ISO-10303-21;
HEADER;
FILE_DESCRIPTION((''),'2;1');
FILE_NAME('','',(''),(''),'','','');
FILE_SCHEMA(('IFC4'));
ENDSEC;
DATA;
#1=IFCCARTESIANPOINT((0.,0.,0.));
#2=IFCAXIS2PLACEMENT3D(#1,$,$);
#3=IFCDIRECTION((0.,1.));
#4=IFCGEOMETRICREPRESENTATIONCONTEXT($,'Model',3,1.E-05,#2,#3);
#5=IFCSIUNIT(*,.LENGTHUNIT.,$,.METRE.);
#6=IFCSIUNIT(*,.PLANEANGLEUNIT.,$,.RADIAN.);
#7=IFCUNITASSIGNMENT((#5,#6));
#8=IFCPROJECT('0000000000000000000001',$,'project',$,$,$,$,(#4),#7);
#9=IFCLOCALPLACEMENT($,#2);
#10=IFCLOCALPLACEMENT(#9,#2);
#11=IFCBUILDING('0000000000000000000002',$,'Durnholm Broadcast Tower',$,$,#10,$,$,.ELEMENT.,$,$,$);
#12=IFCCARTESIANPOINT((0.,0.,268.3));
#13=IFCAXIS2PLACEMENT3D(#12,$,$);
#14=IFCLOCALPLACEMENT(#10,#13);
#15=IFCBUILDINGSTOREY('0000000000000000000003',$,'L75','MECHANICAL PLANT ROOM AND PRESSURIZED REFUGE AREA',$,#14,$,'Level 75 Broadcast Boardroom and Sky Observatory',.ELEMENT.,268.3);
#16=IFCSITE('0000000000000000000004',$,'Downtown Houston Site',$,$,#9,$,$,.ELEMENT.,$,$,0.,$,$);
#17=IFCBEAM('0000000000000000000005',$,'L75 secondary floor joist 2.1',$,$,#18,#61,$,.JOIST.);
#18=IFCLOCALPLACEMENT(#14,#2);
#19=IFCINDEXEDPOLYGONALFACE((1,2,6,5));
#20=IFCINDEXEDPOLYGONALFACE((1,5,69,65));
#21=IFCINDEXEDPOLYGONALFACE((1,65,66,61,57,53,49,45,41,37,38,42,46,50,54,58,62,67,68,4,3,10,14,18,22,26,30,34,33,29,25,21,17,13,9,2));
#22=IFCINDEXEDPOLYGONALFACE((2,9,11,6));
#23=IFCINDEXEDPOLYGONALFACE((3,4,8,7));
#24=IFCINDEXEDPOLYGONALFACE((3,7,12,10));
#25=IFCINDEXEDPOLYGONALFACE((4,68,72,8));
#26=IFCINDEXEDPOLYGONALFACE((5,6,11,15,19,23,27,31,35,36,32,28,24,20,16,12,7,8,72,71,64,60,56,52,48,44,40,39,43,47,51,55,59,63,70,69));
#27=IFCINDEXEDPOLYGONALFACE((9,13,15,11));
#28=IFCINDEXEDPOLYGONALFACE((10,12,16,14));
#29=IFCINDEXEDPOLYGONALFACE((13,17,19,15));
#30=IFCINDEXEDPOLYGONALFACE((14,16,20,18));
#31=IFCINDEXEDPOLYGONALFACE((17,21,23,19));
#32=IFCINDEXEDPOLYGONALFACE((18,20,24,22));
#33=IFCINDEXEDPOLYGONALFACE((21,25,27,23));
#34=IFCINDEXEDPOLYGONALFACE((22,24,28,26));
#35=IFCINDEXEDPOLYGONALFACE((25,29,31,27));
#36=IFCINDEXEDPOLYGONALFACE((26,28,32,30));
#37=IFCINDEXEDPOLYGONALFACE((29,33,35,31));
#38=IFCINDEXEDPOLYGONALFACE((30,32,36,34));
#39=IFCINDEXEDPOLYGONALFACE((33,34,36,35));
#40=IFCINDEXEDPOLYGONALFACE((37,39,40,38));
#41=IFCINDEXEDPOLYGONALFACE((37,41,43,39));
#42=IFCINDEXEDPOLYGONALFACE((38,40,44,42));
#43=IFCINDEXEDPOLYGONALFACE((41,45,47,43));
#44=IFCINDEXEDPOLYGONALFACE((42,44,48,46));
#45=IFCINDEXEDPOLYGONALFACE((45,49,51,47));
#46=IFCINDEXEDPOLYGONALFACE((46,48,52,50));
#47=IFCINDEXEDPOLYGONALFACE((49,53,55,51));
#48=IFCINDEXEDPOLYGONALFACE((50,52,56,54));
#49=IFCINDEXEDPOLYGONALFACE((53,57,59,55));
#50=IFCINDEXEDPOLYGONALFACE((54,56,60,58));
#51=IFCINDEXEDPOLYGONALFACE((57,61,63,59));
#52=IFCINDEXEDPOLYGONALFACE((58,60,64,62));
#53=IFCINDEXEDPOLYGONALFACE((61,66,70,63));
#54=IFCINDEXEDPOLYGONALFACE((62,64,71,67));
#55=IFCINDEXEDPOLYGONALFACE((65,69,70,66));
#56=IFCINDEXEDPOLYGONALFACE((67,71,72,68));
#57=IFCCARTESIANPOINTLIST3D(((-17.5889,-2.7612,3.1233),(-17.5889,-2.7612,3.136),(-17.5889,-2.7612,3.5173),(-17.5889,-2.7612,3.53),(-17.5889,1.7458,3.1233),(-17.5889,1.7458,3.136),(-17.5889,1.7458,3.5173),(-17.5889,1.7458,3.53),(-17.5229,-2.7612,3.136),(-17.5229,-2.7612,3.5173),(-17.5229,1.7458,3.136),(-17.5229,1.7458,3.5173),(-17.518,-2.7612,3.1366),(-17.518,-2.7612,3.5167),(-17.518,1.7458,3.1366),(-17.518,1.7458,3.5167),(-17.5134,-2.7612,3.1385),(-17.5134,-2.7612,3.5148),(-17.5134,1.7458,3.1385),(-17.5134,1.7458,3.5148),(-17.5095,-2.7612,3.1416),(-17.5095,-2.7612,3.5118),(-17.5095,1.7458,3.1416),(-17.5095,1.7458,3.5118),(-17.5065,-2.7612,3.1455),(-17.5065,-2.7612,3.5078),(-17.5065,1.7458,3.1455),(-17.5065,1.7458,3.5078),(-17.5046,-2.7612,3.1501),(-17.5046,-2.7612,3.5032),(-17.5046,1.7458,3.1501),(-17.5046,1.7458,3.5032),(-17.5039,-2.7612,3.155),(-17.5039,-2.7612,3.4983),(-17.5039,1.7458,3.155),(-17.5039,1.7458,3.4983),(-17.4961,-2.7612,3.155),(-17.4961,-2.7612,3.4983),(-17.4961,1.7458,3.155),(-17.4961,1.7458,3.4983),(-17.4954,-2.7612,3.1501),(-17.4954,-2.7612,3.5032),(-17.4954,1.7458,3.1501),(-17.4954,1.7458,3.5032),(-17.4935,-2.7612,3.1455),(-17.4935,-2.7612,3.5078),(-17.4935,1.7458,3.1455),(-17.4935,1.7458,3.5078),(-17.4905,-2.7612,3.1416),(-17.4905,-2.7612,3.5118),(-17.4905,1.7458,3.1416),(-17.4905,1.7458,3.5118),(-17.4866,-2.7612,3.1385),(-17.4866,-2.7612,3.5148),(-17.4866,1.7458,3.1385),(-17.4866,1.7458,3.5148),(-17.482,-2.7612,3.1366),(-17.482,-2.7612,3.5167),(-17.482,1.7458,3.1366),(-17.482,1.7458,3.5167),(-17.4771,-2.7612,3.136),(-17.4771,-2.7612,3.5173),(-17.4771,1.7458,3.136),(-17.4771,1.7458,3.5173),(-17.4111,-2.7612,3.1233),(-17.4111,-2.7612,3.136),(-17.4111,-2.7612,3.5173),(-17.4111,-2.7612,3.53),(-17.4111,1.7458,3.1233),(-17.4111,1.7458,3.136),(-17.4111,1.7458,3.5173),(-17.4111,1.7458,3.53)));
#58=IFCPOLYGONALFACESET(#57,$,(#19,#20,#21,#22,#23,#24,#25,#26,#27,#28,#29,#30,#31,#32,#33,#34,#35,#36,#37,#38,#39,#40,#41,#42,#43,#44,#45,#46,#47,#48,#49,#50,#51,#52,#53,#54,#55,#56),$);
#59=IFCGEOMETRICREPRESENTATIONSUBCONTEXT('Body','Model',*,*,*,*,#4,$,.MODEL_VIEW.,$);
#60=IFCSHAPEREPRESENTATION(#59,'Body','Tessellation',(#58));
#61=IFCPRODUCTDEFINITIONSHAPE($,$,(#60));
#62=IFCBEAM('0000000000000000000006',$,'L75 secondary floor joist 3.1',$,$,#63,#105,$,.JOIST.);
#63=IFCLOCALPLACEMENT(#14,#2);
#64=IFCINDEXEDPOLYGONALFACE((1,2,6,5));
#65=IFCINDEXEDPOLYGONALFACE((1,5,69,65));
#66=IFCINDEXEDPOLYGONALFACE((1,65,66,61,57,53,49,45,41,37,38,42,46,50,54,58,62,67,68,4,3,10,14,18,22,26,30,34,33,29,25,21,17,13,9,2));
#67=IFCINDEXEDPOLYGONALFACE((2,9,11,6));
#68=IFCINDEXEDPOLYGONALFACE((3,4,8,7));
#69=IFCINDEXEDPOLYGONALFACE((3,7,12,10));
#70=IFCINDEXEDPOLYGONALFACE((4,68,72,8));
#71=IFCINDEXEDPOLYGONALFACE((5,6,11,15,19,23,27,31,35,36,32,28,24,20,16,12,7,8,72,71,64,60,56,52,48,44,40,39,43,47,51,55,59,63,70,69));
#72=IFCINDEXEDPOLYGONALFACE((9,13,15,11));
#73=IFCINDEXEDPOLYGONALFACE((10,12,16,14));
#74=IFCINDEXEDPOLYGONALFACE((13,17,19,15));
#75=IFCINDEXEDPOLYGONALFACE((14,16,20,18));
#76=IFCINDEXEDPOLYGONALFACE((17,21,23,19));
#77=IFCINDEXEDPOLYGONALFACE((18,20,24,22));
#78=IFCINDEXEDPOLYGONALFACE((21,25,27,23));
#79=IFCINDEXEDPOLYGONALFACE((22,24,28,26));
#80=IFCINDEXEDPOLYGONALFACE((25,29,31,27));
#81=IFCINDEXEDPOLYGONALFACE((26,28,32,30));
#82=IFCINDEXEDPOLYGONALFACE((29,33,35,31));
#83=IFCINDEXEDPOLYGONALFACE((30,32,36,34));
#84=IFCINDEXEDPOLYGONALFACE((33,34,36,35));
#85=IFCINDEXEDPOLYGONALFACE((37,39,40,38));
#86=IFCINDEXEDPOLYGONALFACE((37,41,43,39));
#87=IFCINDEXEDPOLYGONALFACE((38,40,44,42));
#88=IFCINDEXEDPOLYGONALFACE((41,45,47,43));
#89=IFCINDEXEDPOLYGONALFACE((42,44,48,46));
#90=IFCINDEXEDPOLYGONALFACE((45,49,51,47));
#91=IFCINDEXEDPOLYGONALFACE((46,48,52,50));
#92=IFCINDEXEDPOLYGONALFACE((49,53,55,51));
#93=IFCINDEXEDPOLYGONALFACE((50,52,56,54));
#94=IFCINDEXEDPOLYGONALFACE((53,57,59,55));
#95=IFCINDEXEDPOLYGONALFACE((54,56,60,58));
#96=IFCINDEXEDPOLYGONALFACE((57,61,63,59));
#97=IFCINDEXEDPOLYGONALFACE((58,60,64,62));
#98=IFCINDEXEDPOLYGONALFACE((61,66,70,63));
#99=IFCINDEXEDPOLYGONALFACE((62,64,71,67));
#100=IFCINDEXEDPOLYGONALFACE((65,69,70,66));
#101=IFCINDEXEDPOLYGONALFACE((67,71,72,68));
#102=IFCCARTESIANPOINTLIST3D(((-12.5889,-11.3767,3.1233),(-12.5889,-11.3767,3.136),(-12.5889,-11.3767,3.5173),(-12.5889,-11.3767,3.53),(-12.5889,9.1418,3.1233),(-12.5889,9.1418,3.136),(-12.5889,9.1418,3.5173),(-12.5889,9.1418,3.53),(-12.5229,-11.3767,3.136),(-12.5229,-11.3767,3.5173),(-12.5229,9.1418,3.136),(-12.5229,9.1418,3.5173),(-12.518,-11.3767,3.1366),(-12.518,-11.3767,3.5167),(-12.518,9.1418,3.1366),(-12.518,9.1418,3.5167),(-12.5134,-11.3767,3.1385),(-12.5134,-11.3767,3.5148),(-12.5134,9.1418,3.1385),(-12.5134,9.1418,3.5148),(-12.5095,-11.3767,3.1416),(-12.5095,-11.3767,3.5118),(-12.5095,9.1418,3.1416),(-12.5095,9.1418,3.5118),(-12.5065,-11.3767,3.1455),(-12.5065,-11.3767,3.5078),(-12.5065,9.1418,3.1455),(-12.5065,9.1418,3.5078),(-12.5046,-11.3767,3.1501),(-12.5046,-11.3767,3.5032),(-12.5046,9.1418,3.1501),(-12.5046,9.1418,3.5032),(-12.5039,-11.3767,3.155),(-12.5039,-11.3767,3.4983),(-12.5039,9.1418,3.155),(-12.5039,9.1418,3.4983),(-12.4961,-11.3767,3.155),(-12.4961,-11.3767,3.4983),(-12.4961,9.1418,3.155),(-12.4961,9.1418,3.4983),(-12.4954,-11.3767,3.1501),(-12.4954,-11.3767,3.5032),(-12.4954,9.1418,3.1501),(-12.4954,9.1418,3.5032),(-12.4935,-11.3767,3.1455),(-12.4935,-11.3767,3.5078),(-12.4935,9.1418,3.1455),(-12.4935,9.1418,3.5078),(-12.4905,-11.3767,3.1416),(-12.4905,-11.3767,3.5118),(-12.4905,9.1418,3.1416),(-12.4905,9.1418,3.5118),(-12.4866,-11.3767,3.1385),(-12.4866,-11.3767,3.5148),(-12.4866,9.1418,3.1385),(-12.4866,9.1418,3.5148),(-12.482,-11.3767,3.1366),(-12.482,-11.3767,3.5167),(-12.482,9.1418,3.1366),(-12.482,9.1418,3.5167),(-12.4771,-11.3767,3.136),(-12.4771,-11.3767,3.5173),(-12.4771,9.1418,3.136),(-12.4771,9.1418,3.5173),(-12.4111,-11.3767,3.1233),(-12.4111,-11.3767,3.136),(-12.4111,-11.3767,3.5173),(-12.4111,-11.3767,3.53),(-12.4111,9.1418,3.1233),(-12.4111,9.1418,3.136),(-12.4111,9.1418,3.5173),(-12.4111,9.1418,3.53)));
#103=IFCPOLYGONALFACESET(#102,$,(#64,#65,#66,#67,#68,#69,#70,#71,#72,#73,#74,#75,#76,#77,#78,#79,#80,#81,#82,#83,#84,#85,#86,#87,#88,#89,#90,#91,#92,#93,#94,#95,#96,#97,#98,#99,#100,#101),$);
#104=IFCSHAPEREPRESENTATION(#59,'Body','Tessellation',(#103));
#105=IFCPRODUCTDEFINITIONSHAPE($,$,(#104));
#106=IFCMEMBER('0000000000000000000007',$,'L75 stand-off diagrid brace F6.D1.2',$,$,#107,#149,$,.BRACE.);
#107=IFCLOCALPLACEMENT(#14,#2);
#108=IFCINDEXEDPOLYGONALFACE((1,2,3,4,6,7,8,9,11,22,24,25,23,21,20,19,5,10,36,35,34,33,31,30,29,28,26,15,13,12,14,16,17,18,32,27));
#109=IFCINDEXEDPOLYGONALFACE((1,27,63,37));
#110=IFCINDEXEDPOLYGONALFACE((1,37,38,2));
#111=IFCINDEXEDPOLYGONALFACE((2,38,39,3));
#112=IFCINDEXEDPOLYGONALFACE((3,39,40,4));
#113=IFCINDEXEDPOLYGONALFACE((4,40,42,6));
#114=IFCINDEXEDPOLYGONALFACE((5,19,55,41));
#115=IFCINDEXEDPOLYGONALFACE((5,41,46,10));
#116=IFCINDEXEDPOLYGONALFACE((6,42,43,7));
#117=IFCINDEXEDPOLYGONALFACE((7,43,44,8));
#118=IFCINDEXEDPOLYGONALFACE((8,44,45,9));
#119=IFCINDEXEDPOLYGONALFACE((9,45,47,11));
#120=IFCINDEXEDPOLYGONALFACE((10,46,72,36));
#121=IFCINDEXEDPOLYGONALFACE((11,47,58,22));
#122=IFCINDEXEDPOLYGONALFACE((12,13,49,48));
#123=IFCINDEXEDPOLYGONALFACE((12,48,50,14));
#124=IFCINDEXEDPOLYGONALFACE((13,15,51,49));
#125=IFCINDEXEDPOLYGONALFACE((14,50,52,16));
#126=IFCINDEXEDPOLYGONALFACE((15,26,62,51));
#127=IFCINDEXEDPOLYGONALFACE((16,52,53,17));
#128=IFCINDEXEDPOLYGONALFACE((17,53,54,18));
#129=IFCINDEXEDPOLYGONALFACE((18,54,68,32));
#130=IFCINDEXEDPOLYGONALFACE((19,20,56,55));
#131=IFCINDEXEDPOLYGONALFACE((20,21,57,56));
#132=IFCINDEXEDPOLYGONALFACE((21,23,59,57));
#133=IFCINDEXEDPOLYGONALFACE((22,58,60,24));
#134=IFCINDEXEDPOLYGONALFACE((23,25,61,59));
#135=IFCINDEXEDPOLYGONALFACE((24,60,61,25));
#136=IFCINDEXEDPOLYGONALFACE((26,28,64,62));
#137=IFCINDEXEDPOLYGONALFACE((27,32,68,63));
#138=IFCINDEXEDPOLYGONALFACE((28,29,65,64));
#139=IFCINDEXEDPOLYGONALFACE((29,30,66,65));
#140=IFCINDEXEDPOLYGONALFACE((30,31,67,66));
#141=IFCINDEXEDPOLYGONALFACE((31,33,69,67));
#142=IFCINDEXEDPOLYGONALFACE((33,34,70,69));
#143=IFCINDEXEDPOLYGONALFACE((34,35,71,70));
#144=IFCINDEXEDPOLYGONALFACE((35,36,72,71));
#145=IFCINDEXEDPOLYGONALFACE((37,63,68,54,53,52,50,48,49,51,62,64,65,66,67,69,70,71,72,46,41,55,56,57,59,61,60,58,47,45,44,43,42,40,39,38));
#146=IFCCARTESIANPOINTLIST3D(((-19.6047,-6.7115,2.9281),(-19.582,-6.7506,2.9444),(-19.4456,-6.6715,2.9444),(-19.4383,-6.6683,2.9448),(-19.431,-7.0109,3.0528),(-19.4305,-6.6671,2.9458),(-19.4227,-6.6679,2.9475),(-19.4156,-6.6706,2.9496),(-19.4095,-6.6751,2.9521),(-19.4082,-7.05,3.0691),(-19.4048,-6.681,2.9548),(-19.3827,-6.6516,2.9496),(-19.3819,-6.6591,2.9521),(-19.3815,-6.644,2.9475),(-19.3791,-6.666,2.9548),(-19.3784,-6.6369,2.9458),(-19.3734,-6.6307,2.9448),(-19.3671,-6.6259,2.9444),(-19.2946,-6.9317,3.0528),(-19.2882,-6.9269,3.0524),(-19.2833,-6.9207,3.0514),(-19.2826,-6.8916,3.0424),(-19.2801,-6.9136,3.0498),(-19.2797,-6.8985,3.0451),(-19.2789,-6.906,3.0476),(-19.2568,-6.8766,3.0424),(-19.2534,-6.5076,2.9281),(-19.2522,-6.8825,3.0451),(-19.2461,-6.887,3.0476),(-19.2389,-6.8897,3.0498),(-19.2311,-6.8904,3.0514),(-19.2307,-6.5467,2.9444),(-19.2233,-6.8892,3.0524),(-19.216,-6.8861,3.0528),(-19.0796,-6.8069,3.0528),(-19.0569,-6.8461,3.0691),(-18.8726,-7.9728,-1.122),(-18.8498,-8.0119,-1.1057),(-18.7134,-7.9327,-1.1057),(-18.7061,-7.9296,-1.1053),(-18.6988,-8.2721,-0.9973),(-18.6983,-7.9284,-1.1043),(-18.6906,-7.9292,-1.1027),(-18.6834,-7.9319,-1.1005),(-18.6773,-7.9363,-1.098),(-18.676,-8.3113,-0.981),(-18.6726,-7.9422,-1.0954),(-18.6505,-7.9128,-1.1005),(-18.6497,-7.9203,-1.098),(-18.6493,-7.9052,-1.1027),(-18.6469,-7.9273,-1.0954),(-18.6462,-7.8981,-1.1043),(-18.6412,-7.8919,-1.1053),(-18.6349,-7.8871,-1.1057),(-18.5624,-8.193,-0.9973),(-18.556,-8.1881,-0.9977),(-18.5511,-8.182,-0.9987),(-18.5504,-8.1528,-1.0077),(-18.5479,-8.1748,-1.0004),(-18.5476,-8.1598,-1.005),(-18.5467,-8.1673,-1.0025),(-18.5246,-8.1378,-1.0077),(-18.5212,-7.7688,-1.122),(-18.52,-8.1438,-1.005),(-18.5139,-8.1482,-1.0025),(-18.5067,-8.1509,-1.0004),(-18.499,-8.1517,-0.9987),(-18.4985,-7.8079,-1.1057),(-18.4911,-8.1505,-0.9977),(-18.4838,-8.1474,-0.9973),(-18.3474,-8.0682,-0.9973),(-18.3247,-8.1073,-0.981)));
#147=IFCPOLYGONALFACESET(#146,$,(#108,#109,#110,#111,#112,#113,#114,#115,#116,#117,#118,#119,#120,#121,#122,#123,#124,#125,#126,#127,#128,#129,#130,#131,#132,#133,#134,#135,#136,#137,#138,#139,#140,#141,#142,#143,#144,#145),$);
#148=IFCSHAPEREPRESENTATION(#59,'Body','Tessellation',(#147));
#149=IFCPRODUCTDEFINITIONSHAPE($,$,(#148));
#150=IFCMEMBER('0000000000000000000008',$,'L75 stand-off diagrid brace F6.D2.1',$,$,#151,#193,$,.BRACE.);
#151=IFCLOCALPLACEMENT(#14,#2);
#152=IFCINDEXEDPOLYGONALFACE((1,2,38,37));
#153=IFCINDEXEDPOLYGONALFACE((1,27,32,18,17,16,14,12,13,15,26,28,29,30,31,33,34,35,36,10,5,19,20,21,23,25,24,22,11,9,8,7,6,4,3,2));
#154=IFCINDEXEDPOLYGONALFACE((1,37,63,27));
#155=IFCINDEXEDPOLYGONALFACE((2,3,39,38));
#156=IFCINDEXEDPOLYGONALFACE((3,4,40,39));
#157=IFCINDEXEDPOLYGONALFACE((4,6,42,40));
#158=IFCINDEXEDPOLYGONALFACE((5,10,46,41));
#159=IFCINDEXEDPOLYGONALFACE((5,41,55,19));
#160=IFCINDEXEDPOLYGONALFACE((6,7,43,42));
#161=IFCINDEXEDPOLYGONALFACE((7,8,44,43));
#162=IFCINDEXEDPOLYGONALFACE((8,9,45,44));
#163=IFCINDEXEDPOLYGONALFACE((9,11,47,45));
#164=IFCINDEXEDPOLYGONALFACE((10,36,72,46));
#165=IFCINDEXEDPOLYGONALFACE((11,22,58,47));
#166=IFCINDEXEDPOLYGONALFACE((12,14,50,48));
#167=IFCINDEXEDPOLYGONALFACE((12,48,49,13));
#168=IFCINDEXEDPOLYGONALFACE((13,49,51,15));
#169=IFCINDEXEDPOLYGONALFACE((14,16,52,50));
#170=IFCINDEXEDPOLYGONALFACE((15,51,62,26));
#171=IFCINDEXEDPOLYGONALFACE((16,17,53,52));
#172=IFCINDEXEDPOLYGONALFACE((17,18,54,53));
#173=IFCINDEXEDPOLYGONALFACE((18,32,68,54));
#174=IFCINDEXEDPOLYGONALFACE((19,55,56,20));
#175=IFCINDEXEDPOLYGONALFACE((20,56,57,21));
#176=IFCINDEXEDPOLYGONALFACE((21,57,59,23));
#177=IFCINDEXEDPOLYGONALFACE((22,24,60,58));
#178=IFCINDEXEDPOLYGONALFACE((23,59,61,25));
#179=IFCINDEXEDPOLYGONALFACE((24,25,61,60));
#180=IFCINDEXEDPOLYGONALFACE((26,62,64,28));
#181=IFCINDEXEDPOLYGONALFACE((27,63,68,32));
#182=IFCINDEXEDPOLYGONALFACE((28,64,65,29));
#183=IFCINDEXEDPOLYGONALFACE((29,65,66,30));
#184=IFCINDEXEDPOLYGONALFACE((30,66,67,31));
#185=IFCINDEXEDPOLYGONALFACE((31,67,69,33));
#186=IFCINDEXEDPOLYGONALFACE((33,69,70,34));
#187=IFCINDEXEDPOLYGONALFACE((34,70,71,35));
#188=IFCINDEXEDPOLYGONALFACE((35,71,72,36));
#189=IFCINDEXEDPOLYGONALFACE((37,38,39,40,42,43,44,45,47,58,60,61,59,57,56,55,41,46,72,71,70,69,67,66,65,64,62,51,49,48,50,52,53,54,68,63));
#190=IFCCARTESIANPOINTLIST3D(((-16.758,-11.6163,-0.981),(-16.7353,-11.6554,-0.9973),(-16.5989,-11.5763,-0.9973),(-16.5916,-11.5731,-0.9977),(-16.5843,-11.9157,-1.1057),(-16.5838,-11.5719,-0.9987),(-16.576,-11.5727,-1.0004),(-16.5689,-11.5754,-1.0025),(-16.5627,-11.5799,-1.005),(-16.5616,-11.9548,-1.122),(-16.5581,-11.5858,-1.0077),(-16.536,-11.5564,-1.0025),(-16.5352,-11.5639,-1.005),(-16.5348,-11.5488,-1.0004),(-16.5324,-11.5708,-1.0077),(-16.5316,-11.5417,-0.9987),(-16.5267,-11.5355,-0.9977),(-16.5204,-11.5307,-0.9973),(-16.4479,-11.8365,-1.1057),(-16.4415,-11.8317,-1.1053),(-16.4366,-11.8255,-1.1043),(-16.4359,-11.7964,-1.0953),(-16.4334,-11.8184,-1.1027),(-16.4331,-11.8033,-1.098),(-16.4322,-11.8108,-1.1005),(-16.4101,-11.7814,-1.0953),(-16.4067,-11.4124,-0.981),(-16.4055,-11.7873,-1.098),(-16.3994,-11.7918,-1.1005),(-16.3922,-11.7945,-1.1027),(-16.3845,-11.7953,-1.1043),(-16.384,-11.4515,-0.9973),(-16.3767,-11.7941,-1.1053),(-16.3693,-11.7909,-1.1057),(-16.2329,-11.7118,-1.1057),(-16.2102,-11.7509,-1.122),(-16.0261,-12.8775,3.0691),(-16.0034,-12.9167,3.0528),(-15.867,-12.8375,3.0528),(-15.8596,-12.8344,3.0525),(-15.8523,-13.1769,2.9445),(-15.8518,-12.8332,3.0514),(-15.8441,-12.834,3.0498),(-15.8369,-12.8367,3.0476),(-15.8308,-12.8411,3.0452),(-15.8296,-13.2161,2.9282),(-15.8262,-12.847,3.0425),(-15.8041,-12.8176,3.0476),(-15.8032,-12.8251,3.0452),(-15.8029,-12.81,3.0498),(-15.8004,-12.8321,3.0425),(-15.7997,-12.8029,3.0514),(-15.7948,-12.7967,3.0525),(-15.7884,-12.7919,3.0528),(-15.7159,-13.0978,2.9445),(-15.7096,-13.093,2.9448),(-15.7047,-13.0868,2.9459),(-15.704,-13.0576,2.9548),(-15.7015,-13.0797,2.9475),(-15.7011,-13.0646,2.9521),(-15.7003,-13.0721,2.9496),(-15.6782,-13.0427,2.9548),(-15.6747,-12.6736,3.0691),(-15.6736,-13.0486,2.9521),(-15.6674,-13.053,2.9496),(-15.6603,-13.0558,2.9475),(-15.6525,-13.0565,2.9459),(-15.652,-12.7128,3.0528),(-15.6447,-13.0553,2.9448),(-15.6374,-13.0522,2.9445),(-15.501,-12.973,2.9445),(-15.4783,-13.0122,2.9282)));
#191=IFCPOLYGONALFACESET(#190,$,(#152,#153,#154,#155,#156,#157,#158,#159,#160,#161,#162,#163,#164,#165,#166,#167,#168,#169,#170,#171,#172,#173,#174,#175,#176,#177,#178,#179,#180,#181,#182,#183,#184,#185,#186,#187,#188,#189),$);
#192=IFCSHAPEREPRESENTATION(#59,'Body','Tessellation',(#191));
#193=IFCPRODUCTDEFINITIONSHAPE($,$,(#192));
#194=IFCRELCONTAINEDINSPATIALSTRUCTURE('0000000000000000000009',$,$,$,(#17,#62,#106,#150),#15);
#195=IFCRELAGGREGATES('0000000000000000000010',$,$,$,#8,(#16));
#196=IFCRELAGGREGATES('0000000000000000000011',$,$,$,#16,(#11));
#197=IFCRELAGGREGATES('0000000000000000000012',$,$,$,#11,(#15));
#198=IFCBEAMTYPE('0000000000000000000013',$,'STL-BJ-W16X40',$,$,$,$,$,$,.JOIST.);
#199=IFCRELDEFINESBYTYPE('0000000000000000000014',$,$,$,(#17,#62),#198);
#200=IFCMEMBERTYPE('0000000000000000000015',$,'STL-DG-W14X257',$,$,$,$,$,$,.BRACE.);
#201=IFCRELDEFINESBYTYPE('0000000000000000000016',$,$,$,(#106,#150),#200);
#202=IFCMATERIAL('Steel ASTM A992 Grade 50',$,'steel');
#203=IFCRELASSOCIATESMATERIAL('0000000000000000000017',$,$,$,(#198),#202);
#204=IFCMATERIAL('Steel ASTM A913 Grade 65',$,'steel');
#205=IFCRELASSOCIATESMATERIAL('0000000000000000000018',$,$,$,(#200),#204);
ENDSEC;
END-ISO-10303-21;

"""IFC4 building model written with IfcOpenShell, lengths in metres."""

from ifc_helpers import new_model, si_unit, direction, frame, origin, origin_2d, place, context, subcontext, project, spatial, i_section, extrude, source, transform, mapped, material, material_profile, profile_set, type_object, type_shapes, element, save


model = new_model("IFC4")

# Units and contexts
model_context = context("Model", 3, precision=1e-05, world=origin(), true_north=direction((0.0, 1.0)))
body_context = subcontext(model_context, "Body", "Model", "MODEL_VIEW")
ifc_project = project(units=[si_unit("LENGTHUNIT", "METRE"), si_unit("PLANEANGLEUNIT", "RADIAN")], contexts=[model_context])

# Site, building, storey
site_placement = place(None, origin())
site = spatial("IfcSite", under=ifc_project, at=site_placement, Name="Downtown Houston Site", CompositionType="ELEMENT", RefElevation=0.0)
building_placement = place(site_placement, origin())
building = spatial("IfcBuilding", under=site, at=building_placement, Name="Durnholm Broadcast Tower", CompositionType="ELEMENT")
storey_placement = place(building_placement, frame((0.0, 0.0, 268.3)))
storey = spatial("IfcBuildingStorey", under=building, at=storey_placement, Name="L75", Description="MECHANICAL PLANT ROOM AND PRESSURIZED REFUGE AREA", LongName="Level 75 Broadcast Boardroom and Sky Observatory", CompositionType="ELEMENT", Elevation=268.3)

# Beams
ifc_material_1 = material(Name="Steel ASTM A992 Grade 50", Category="steel")
ifc_material_profile_1 = material_profile(ifc_material_1, i_section(OverallWidth=0.1777, OverallDepth=0.4067, WebThickness=0.0078, FlangeThickness=0.0127, FilletRadius=0.019, at=origin_2d()), Name="W16X40")
ifc_profile_set_1 = profile_set([ifc_material_profile_1], Name="Steel ASTM A992 Grade 50")
beam_type_1 = type_object("IfcBeamType", Name="STL-BJ-W16X40", PredefinedType="JOIST", material=ifc_profile_set_1)
shared_shape_1 = source(origin(), body_context, "Body", "SweptSolid", [
    extrude(i_section(OverallWidth=0.1777, OverallDepth=0.4067, WebThickness=0.0078, FlangeThickness=0.0127, FilletRadius=0.019, at=origin_2d()), origin(), (0.0, 0.0, 1.0), 4.5071),
])
beam_1_placement = place(storey_placement, frame((-17.5, -2.7612, 3.3267), z_axis=(0.0, 1.0, 0.0), x_axis=(-1.0, 0.0, 0.0)))
element("IfcBeam", 1, at=beam_1_placement, inside=storey, type_object=beam_type_1, Name="L75 secondary floor joist 2.1", PredefinedType="JOIST", context=body_context, shape_type="MappedRepresentation", body=[
    mapped(shared_shape_1, transform((0.0, 0.0, 0.0), x_axis=(1.0, 0.0, 0.0), y_axis=(0.0, 1.0, 0.0), z_axis=(0.0, 0.0, 1.0), scale=1.0)),
])
shared_shape_2 = source(origin(), body_context, "Body", "SweptSolid", [
    extrude(i_section(OverallWidth=0.1777, OverallDepth=0.4067, WebThickness=0.0078, FlangeThickness=0.0127, FilletRadius=0.019, at=origin_2d()), origin(), (0.0, 0.0, 1.0), 20.5186),
])
type_shapes(beam_type_1, [shared_shape_1, shared_shape_2])
beam_2_placement = place(storey_placement, frame((-12.5, -11.3767, 3.3267), z_axis=(0.0, 1.0, 0.0), x_axis=(-1.0, 0.0, 0.0)))
element("IfcBeam", 2, at=beam_2_placement, inside=storey, type_object=beam_type_1, Name="L75 secondary floor joist 3.1", PredefinedType="JOIST", context=body_context, shape_type="MappedRepresentation", body=[
    mapped(shared_shape_2, transform((0.0, 0.0, 0.0), x_axis=(1.0, 0.0, 0.0), y_axis=(0.0, 1.0, 0.0), z_axis=(0.0, 0.0, 1.0), scale=1.0)),
])

# Members
ifc_material_2 = material(Name="Steel ASTM A913 Grade 65", Category="steel")
ifc_material_profile_2 = material_profile(ifc_material_2, i_section(OverallWidth=0.4062, OverallDepth=0.416, WebThickness=0.0298, FlangeThickness=0.0481, FilletRadius=0.0305, at=origin_2d()), Name="W14X257")
ifc_profile_set_2 = profile_set([ifc_material_profile_2], Name="Steel ASTM A913 Grade 65")
member_type_1 = type_object("IfcMemberType", Name="STL-DG-W14X257", PredefinedType="BRACE", material=ifc_profile_set_2)
shared_shape_3 = source(origin(), body_context, "Body", "SweptSolid", [
    extrude(i_section(OverallWidth=0.4062, OverallDepth=0.416, WebThickness=0.0298, FlangeThickness=0.0481, FilletRadius=0.0305, at=origin_2d()), origin(), (0.0, 0.0, 1.0), 4.3047),
])
for number, where, z_axis, x_axis, name in (
    (3, (-18.5986, -8.04, -1.0515), (-0.170091, 0.292995, 0.940863), (-0.864833, -0.502059, 0.0), "L75 stand-off diagrid brace F6.D1.2"),
    (4, (-16.4841, -11.6836, -1.0515), (0.170036, -0.292998, 0.940872), (0.864906, 0.501934, 0.0), "L75 stand-off diagrid brace F6.D2.1"),
):
    element("IfcMember", number, at=place(storey_placement, frame(where, z_axis=z_axis, x_axis=x_axis)), inside=storey, type_object=member_type_1, Name=name, PredefinedType="BRACE", context=body_context, shape_type="MappedRepresentation", body=[
        mapped(shared_shape_3, transform((0.0, 0.0, 0.0), x_axis=(1.0, 0.0, 0.0), y_axis=(0.0, 1.0, 0.0), z_axis=(0.0, 0.0, 1.0), scale=1.0)),
    ])

save(model, "model.ifc")
